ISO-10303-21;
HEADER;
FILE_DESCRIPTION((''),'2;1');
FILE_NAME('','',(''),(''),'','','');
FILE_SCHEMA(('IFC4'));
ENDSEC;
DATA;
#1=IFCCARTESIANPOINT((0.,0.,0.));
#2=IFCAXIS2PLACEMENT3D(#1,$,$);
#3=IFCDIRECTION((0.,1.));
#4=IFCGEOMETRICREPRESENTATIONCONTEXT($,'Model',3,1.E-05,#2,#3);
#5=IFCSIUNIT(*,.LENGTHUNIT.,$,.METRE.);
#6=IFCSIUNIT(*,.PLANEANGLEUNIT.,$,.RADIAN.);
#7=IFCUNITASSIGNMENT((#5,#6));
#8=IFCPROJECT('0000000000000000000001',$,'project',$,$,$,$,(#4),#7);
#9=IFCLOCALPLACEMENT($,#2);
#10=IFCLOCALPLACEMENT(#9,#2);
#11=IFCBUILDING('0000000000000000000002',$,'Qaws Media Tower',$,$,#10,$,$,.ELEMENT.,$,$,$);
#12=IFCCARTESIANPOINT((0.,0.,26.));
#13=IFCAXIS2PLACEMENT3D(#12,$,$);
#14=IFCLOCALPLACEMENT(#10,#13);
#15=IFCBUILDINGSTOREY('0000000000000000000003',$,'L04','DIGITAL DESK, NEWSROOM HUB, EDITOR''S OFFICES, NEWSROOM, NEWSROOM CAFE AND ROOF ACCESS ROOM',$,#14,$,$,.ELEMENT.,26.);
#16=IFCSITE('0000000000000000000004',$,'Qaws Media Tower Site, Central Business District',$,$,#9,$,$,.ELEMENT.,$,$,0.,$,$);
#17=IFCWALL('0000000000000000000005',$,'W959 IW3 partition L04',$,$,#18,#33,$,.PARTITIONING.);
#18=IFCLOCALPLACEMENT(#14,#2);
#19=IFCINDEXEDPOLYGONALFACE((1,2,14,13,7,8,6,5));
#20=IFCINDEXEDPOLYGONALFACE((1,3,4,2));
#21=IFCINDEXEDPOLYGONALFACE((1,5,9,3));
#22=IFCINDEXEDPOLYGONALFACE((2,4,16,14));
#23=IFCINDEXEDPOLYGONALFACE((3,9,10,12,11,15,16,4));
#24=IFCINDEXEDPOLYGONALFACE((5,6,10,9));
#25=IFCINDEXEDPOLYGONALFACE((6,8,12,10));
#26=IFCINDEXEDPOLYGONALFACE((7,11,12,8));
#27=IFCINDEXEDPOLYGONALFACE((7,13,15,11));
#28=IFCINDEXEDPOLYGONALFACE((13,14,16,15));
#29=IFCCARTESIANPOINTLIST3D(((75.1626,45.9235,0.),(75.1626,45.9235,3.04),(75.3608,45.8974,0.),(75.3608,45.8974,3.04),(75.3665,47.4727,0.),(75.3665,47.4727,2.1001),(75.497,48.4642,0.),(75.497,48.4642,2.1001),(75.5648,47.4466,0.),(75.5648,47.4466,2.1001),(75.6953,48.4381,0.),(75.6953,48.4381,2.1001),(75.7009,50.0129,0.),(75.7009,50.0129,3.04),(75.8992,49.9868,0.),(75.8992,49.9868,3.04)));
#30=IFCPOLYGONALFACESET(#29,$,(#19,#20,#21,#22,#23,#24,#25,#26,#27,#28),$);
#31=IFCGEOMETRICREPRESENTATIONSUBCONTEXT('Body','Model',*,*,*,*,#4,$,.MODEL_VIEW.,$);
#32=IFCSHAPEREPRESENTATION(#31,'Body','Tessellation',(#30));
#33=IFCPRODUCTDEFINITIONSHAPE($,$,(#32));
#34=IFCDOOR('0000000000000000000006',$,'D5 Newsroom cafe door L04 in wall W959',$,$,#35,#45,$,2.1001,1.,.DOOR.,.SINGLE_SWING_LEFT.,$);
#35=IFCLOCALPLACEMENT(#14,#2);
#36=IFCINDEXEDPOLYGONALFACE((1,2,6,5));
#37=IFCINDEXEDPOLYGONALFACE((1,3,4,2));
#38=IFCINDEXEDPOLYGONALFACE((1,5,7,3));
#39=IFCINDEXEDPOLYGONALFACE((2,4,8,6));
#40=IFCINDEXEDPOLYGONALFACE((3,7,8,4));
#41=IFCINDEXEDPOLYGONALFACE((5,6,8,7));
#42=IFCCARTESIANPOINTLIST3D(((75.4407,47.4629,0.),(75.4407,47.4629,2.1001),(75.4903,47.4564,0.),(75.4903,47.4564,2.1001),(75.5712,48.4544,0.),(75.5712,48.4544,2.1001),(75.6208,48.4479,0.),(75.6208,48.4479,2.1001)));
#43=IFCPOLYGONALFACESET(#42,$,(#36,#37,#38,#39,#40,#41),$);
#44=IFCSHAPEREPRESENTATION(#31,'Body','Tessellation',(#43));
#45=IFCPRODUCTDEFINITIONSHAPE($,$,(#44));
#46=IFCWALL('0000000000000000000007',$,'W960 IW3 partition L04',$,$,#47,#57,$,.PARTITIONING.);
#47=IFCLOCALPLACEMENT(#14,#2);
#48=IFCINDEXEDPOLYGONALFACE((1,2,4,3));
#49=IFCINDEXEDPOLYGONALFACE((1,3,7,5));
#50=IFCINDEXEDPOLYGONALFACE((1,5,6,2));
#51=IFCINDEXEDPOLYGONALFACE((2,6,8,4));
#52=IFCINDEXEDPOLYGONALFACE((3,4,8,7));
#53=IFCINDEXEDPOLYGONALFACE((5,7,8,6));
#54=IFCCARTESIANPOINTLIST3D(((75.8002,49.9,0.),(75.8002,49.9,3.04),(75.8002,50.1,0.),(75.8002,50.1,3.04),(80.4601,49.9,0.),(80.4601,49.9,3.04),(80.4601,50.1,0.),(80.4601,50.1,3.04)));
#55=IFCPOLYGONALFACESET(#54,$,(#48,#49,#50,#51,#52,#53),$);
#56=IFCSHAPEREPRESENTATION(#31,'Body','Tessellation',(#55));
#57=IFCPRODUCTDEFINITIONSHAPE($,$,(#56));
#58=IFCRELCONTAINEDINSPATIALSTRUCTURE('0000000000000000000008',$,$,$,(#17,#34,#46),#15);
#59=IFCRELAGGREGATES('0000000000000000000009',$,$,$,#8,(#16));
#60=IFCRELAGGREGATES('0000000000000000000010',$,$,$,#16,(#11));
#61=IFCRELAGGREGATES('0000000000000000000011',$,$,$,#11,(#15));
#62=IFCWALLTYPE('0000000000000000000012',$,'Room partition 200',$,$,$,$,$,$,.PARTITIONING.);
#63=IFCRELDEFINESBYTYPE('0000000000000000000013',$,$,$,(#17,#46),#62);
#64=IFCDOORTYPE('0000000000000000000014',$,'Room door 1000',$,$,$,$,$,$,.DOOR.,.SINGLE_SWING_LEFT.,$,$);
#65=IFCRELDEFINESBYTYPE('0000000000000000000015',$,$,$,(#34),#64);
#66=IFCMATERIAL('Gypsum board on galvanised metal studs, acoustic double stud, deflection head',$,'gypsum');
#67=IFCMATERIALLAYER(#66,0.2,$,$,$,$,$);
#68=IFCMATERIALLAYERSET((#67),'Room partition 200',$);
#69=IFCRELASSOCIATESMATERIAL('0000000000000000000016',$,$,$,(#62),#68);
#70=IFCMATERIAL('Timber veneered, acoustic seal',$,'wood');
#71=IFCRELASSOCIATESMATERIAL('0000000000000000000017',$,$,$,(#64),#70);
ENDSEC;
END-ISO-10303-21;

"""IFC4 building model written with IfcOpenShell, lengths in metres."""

from ifc_helpers import new_model, si_unit, direction, frame, frame_2d, origin, place, context, subcontext, project, spatial, rectangle, extrude, material, layer, layer_set, type_object, element, fill, save


model = new_model("IFC4")

# Units and contexts
model_context = context("Model", 3, precision=1e-05, world=origin(), true_north=direction((0.0, 1.0)))
body_context = subcontext(model_context, "Body", "Model", "MODEL_VIEW")
ifc_project = project(units=[si_unit("LENGTHUNIT", "METRE"), si_unit("PLANEANGLEUNIT", "RADIAN")], contexts=[model_context])

# Site, building, storey
site_placement = place(None, origin())
site = spatial("IfcSite", under=ifc_project, at=site_placement, Name="Qaws Media Tower Site, Central Business District", CompositionType="ELEMENT", RefElevation=0.0)
building_placement = place(site_placement, origin())
building = spatial("IfcBuilding", under=site, at=building_placement, Name="Qaws Media Tower", CompositionType="ELEMENT")
storey_placement = place(building_placement, frame((0.0, 0.0, 26.0)))
storey = spatial("IfcBuildingStorey", under=building, at=storey_placement, Name="L04", Description="DIGITAL DESK, NEWSROOM HUB, EDITOR'S OFFICES, NEWSROOM, NEWSROOM CAFE AND ROOF ACCESS ROOM", CompositionType="ELEMENT", Elevation=26.0)

# Wall, opening, door
ifc_material_1 = material(Name="Gypsum board on galvanised metal studs, acoustic double stud, deflection head", Category="gypsum")
ifc_layer_1 = layer(ifc_material_1, 0.2)
ifc_layer_set_1 = layer_set([ifc_layer_1], Name="Room partition 200")
wall_type_1 = type_object("IfcWallType", Name="Room partition 200", PredefinedType="PARTITIONING", material=ifc_layer_set_1)
wall_1_placement = place(storey_placement, frame((75.8, 50.0, 0.0), z_axis=(0.0, 0.0, 1.0), x_axis=(-0.130516, -0.991446, 0.0)))
wall_1 = element("IfcWall", 1, at=wall_1_placement, inside=storey, type_object=wall_type_1, Name="W959 IW3 partition L04", PredefinedType="PARTITIONING", context=body_context, shape_type="SweptSolid", body=[
    extrude(rectangle(XDim=4.1248, YDim=0.2, at=frame_2d((2.0625, 0.0))), origin(), (0.0, 0.0, 1.0), 3.04),
])
opening_1_placement = place(wall_1_placement, frame((1.5623, 0.0, 0.0)))
opening_1 = element("IfcOpeningElement", 2, at=opening_1_placement, cuts=wall_1, PredefinedType="OPENING", context=body_context, shape_type="SweptSolid", body=[
    extrude(rectangle(XDim=1.0, YDim=2.1001, at=frame_2d((0.5, 1.05))), frame((0.0, 0.1099, 0.0), z_axis=(0.0, -1.0, 0.0), x_axis=(1.0, 0.0, 0.0)), (0.0, 0.0, 1.0), 0.22),
])
ifc_material_2 = material(Name="Timber veneered, acoustic seal", Category="wood")
door_type_1 = type_object("IfcDoorType", Name="Room door 1000", OperationType="SINGLE_SWING_LEFT", PredefinedType="DOOR", material=ifc_material_2)
door_1_placement = place(opening_1_placement, origin())
door_1 = element("IfcDoor", 3, at=door_1_placement, inside=storey, type_object=door_type_1, Name="D5 Newsroom cafe door L04 in wall W959", OperationType="SINGLE_SWING_LEFT", OverallHeight=2.1001, OverallWidth=1.0, PredefinedType="DOOR", context=body_context, shape_type="SweptSolid", body=[
    extrude(rectangle(XDim=1.0, YDim=2.1001, at=frame_2d((0.5, 1.05))), frame((0.0, 0.0249, 0.0), z_axis=(0.0, -1.0, 0.0), x_axis=(1.0, 0.0, 0.0)), (0.0, 0.0, 1.0), 0.05),
])
fill(opening_1, door_1)

# Wall
wall_2_placement = place(storey_placement, frame((75.8, 50.0, 0.0), z_axis=(0.0, 0.0, 1.0), x_axis=(1.0, 0.0, 0.0)))
element("IfcWall", 4, at=wall_2_placement, inside=storey, type_object=wall_type_1, Name="W960 IW3 partition L04", PredefinedType="PARTITIONING", context=body_context, shape_type="SweptSolid", body=[
    extrude(rectangle(XDim=4.6599, YDim=0.2, at=frame_2d((2.3301, 0.0))), origin(), (0.0, 0.0, 1.0), 3.04),
])

save(model, "model.ifc")
